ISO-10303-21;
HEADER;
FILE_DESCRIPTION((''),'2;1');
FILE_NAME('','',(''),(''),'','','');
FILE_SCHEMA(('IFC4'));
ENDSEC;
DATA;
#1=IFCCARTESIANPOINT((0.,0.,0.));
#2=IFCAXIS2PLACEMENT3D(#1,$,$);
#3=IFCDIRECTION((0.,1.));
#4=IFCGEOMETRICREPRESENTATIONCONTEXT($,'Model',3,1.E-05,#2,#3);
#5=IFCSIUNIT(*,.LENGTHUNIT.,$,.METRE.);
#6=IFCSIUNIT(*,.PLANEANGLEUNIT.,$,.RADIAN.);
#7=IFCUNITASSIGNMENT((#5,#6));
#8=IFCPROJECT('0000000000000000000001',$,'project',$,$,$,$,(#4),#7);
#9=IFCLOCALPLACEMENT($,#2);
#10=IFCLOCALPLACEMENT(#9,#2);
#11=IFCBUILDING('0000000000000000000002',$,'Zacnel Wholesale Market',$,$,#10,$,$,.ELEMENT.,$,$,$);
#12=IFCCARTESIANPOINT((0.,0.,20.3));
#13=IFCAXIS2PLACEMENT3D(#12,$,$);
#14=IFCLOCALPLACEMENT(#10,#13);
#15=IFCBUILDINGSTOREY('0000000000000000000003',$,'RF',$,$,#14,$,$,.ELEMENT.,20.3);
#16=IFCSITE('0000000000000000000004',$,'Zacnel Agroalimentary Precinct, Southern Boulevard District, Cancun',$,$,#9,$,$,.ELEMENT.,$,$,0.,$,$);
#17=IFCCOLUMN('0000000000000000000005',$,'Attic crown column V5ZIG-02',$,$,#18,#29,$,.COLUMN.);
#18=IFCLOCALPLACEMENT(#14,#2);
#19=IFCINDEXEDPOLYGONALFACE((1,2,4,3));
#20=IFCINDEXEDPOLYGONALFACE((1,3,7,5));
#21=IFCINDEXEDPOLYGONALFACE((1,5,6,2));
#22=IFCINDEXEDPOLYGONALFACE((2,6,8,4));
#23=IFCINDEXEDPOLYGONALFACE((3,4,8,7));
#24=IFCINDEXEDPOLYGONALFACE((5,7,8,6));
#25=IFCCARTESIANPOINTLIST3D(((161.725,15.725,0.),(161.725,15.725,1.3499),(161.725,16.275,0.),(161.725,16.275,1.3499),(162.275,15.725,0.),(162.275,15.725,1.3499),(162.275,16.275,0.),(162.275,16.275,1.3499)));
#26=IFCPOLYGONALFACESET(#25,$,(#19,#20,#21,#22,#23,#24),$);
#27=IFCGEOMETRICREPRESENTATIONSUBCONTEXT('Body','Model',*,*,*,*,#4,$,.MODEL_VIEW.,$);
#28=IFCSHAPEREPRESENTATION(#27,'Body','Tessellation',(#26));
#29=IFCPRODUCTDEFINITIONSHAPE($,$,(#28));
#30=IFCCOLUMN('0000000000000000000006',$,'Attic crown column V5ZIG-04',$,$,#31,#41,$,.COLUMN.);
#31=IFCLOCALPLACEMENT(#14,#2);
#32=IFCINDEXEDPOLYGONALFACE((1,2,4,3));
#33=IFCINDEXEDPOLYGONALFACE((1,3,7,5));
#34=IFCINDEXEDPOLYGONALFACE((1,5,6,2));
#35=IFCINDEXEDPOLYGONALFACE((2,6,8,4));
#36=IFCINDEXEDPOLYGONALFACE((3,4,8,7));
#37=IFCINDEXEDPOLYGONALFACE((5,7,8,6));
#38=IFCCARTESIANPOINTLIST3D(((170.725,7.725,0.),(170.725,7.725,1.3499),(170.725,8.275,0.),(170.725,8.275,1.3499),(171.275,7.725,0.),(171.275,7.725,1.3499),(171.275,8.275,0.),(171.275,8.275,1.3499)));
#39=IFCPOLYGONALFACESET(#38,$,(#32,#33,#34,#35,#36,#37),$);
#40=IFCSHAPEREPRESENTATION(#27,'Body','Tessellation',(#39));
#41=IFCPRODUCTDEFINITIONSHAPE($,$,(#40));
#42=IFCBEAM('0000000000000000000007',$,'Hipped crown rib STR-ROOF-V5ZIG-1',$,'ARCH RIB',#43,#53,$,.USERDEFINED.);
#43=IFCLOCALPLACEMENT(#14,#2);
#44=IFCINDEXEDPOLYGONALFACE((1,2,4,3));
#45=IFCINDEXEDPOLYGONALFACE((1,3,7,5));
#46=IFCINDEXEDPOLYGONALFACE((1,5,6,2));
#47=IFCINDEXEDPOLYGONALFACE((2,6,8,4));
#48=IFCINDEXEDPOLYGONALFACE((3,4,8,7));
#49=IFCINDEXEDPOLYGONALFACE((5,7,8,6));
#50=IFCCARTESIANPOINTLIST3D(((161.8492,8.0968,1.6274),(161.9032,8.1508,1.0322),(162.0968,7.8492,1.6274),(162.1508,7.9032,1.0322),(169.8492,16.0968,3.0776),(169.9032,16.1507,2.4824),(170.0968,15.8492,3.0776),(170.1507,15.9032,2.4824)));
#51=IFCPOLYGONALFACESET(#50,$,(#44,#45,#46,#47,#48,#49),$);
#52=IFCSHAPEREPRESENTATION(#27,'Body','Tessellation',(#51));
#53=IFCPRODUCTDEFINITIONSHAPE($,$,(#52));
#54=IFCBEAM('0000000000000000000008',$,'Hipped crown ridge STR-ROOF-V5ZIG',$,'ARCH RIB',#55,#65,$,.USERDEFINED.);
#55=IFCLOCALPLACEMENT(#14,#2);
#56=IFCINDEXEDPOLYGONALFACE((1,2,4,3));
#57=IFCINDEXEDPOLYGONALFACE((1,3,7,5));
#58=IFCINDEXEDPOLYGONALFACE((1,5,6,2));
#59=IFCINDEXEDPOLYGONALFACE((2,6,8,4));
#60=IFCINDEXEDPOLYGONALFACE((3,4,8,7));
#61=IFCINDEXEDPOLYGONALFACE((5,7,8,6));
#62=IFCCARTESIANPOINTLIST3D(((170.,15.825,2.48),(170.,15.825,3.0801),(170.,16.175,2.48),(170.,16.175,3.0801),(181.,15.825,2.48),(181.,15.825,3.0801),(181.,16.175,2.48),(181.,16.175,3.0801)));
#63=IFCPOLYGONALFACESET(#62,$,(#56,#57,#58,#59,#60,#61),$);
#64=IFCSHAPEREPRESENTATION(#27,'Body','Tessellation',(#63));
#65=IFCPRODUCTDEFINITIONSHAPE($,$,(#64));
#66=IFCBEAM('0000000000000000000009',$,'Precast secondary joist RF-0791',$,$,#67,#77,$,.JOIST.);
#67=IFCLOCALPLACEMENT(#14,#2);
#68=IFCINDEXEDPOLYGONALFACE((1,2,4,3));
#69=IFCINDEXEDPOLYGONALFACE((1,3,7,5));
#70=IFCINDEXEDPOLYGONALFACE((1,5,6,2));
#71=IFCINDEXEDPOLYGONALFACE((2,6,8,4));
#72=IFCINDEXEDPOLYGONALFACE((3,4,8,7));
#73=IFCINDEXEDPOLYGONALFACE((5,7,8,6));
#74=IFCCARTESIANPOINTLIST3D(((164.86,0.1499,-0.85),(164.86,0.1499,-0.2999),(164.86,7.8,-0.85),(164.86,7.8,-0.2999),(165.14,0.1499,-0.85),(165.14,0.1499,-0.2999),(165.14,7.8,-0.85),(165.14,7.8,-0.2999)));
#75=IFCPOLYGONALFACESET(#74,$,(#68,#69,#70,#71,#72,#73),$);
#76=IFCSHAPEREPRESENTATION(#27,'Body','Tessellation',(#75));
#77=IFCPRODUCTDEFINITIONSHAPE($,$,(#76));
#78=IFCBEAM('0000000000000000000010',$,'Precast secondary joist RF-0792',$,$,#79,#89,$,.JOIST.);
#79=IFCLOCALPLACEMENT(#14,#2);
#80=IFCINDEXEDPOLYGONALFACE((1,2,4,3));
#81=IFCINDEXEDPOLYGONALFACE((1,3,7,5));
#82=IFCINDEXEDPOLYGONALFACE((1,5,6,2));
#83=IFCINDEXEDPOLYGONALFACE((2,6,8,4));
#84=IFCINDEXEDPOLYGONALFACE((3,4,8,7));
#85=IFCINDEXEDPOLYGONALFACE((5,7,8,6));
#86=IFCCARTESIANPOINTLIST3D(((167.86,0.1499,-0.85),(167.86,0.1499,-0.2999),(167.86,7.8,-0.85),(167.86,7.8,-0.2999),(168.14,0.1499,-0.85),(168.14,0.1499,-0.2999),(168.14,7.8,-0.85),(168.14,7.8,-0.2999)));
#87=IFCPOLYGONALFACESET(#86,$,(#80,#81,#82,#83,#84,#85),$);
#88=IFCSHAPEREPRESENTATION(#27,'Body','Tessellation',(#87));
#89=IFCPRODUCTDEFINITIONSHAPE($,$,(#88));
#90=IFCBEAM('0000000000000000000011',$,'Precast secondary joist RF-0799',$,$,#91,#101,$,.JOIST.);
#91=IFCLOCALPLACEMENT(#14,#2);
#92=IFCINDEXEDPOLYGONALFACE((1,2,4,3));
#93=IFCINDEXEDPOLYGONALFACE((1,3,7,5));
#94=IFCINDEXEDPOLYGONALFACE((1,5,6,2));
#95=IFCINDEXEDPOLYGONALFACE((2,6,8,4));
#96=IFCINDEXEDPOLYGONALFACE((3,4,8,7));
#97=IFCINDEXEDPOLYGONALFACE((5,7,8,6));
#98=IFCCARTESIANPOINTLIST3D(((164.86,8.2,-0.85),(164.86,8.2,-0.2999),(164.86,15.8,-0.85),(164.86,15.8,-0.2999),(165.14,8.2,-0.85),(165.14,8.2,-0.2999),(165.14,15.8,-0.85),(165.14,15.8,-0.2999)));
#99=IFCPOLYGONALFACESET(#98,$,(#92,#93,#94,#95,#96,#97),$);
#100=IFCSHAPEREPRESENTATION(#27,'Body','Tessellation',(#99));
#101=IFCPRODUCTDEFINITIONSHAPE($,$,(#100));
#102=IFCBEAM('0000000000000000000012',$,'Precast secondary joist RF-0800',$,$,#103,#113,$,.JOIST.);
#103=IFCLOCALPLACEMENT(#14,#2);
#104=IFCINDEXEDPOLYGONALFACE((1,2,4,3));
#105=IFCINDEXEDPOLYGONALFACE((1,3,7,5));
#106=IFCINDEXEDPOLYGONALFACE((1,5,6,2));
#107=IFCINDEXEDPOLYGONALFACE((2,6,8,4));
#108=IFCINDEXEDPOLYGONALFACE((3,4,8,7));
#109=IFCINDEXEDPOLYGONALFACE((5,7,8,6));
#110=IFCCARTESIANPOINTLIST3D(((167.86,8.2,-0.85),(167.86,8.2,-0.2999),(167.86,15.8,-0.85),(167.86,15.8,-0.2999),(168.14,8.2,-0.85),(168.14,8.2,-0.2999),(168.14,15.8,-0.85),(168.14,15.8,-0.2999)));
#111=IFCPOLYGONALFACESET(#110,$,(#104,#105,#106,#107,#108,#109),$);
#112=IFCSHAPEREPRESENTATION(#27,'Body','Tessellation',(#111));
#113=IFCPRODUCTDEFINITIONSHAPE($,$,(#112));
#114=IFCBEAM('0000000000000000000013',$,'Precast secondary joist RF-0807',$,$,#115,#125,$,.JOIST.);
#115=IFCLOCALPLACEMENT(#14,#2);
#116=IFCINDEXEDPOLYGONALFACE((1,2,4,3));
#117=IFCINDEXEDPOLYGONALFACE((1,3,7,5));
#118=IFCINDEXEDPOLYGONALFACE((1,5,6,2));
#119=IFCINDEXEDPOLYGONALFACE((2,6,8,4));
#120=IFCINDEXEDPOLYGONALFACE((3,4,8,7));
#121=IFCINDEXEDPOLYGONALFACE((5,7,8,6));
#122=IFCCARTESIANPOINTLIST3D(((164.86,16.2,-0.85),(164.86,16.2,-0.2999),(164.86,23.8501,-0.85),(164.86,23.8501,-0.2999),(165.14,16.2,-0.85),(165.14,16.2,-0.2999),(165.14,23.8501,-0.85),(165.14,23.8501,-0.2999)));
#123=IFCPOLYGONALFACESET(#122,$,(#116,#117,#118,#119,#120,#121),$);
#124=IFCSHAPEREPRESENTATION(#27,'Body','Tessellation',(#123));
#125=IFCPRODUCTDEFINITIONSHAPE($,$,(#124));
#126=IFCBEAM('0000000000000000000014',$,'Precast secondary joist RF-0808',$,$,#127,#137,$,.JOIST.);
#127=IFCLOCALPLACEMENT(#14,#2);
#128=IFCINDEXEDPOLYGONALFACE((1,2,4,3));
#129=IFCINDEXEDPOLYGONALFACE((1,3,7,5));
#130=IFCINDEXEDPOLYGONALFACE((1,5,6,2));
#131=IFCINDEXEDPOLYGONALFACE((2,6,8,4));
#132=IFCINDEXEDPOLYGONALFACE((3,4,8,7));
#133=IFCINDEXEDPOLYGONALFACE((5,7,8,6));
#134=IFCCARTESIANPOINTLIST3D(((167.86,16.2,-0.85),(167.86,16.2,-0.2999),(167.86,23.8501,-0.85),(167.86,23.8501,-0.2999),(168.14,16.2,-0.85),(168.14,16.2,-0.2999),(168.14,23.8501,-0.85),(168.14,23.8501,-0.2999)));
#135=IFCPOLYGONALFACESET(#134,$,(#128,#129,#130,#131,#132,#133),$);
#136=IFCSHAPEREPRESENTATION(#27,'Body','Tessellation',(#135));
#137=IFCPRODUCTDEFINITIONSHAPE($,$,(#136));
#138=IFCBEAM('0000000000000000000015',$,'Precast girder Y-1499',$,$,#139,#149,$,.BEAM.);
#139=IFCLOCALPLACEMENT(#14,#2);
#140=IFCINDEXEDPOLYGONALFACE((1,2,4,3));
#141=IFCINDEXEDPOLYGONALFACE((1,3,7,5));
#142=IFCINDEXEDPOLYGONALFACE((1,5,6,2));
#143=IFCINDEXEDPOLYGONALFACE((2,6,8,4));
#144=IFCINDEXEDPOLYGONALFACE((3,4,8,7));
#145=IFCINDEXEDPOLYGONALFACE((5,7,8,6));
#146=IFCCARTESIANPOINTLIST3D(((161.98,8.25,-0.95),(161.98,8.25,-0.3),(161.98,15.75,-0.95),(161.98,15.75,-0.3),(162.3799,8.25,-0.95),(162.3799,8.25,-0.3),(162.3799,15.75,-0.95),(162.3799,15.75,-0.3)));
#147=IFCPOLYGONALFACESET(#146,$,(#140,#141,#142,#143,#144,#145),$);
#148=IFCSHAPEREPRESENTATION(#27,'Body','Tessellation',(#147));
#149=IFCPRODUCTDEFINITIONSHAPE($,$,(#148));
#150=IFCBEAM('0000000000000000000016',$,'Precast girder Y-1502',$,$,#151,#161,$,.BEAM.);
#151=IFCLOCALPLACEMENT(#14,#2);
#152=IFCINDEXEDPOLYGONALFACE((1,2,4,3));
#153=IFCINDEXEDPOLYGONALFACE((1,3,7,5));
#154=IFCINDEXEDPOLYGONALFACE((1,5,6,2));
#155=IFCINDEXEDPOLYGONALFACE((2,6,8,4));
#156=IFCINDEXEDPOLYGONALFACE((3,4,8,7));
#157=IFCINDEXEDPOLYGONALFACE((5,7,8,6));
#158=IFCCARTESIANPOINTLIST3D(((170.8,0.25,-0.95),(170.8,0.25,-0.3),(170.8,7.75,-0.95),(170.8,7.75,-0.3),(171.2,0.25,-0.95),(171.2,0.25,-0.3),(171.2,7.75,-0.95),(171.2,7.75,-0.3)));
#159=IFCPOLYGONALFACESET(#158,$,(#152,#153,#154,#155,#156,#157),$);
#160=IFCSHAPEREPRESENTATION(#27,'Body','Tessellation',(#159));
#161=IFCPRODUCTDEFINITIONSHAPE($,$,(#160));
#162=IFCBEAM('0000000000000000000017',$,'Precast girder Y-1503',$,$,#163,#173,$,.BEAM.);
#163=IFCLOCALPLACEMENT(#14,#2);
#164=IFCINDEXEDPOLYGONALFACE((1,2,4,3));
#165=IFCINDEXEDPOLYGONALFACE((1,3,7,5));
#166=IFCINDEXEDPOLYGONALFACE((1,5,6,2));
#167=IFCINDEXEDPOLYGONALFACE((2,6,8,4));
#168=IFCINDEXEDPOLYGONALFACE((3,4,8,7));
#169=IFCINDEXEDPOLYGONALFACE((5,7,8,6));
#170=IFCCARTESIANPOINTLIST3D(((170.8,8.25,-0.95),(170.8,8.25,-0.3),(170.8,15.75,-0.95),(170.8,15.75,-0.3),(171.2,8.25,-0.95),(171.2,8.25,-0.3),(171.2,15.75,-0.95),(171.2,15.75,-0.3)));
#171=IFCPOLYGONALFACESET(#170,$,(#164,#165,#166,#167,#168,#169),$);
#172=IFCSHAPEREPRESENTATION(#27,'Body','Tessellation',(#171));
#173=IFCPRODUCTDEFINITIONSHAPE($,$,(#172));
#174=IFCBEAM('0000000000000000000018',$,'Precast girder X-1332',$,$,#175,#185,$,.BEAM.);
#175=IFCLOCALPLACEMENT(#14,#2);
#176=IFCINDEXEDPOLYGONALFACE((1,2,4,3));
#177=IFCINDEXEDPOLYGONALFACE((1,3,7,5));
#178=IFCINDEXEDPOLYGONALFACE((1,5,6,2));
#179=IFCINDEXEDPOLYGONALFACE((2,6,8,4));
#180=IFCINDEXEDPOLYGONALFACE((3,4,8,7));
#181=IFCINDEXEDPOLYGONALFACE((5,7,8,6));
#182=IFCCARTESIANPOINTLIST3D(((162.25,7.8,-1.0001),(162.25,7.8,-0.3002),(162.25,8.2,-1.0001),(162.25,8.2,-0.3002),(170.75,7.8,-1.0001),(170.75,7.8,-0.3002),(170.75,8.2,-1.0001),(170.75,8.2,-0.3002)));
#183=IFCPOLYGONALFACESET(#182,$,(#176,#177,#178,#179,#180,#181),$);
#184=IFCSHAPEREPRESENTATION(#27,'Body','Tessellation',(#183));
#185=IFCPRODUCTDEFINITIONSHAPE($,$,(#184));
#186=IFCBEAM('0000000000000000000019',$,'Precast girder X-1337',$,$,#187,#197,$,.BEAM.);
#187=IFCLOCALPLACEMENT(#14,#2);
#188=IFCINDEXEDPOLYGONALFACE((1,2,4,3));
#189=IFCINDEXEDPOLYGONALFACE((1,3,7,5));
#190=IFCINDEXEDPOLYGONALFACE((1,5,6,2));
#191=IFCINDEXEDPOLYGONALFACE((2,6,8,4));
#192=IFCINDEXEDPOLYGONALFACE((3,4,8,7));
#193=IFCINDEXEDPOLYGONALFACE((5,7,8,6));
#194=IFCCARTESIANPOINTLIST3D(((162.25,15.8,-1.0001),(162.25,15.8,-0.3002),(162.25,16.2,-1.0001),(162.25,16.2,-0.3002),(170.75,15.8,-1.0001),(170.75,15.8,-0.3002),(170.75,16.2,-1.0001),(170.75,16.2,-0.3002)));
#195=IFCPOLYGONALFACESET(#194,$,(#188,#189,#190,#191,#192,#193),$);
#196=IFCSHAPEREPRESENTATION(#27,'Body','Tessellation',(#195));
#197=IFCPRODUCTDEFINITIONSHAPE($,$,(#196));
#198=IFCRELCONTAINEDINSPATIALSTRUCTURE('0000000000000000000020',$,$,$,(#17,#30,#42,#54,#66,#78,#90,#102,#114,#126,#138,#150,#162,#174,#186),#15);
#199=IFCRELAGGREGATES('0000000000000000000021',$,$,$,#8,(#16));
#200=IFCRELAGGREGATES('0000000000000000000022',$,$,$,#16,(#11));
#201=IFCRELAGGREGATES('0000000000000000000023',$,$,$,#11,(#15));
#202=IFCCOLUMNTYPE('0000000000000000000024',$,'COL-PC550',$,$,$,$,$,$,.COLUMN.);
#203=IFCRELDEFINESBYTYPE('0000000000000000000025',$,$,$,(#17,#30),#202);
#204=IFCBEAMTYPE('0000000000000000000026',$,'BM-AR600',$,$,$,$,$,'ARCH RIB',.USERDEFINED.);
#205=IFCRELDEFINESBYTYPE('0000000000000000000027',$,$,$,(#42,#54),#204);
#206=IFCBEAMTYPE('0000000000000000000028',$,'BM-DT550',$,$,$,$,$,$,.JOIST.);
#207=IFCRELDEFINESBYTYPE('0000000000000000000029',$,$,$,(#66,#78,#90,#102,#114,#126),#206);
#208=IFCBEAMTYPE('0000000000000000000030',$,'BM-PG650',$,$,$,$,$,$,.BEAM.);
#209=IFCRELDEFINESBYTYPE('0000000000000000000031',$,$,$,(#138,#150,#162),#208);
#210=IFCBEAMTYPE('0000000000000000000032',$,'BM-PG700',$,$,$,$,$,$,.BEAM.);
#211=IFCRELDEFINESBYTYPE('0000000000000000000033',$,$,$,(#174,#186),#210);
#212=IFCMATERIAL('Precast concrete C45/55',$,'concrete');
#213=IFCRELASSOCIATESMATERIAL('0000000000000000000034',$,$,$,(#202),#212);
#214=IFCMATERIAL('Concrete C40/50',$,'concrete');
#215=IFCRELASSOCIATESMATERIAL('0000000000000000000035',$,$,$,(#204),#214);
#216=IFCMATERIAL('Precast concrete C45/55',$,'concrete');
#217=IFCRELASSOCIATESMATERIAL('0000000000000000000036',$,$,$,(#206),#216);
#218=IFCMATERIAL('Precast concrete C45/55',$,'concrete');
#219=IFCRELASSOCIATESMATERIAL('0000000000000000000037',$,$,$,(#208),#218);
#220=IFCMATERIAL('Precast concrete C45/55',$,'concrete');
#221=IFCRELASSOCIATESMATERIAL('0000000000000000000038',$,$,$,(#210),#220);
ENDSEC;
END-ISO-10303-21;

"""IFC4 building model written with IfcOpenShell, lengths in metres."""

from ifc_helpers import new_model, si_unit, direction, frame, origin, origin_2d, place, context, subcontext, project, spatial, rectangle, extrude, material, material_profile, profile_set, type_object, element, save


model = new_model("IFC4")

# Units and contexts
model_context = context("Model", 3, precision=1e-05, world=origin(), true_north=direction((0.0, 1.0)))
body_context = subcontext(model_context, "Body", "Model", "MODEL_VIEW")
ifc_project = project(units=[si_unit("LENGTHUNIT", "METRE"), si_unit("PLANEANGLEUNIT", "RADIAN")], contexts=[model_context])

# Site, building, storey
site_placement = place(None, origin())
site = spatial("IfcSite", under=ifc_project, at=site_placement, Name="Zacnel Agroalimentary Precinct, Southern Boulevard District, Cancun", CompositionType="ELEMENT", RefElevation=0.0)
building_placement = place(site_placement, origin())
building = spatial("IfcBuilding", under=site, at=building_placement, Name="Zacnel Wholesale Market", CompositionType="ELEMENT")
storey_placement = place(building_placement, frame((0.0, 0.0, 20.3)))
storey = spatial("IfcBuildingStorey", under=building, at=storey_placement, Name="RF", CompositionType="ELEMENT", Elevation=20.3)

# Columns
ifc_material_1 = material(Name="Precast concrete C45/55", Category="concrete")
ifc_material_profile_1 = material_profile(ifc_material_1, rectangle(XDim=0.55, YDim=0.55, at=origin_2d()), Name="PC 550x550")
ifc_profile_set_1 = profile_set([ifc_material_profile_1], Name="Precast concrete C45/55")
column_type = type_object("IfcColumnType", Name="COL-PC550", PredefinedType="COLUMN", material=ifc_profile_set_1)
for number, where, z_axis, x_axis, name in (
    (1, (162.0, 16.0, 0.0), (0.0, 0.0, 1.0), (1.0, 0.0, 0.0), "Attic crown column V5ZIG-02"),
    (2, (171.0, 8.0, 0.0), (0.0, 0.0, 1.0), (1.0, 0.0, 0.0), "Attic crown column V5ZIG-04"),
):
    element("IfcColumn", number, at=place(storey_placement, frame(where, z_axis=z_axis, x_axis=x_axis)), inside=storey, type_object=column_type, Name=name, PredefinedType="COLUMN", context=body_context, shape_type="SweptSolid", body=[
        extrude(rectangle(XDim=0.55, YDim=0.55, at=origin_2d()), origin(), (0.0, 0.0, 1.0), 1.3499),
    ])

# Beams
ifc_material_2 = material(Name="Concrete C40/50", Category="concrete")
ifc_material_profile_2 = material_profile(ifc_material_2, rectangle(XDim=0.3501, YDim=0.6001, at=origin_2d()), Name="ARCH RIB 350x600")
ifc_profile_set_2 = profile_set([ifc_material_profile_2], Name="Concrete C40/50")
beam_type_1 = type_object("IfcBeamType", Name="BM-AR600", ElementType="ARCH RIB", PredefinedType="USERDEFINED", material=ifc_profile_set_2)
beam_1_placement = place(storey_placement, frame((162.0, 8.0, 1.3298), z_axis=(0.701368, 0.701368, 0.12714), x_axis=(-0.707107, 0.707107, 0.0)))
element("IfcBeam", 3, at=beam_1_placement, inside=storey, type_object=beam_type_1, Name="Hipped crown rib STR-ROOF-V5ZIG-1", ObjectType="ARCH RIB", PredefinedType="USERDEFINED", context=body_context, shape_type="SweptSolid", body=[
    extrude(rectangle(XDim=0.3501, YDim=0.6001, at=origin_2d()), origin(), (0.0, 0.0, 1.0), 11.4062),
])
beam_2_placement = place(storey_placement, frame((170.0, 16.0, 2.78), z_axis=(1.0, 0.0, 0.0), x_axis=(0.0, 1.0, 0.0)))
element("IfcBeam", 4, at=beam_2_placement, inside=storey, type_object=beam_type_1, Name="Hipped crown ridge STR-ROOF-V5ZIG", ObjectType="ARCH RIB", PredefinedType="USERDEFINED", context=body_context, shape_type="SweptSolid", body=[
    extrude(rectangle(XDim=0.3501, YDim=0.6001, at=origin_2d()), origin(), (0.0, 0.0, 1.0), 11.0),
])
ifc_material_3 = material(Name="Precast concrete C45/55", Category="concrete")
ifc_material_profile_3 = material_profile(ifc_material_3, rectangle(XDim=0.28, YDim=0.55, at=origin_2d()), Name="DT RIB 280x550")
ifc_profile_set_3 = profile_set([ifc_material_profile_3], Name="Precast concrete C45/55")
beam_type_2 = type_object("IfcBeamType", Name="BM-DT550", PredefinedType="JOIST", material=ifc_profile_set_3)
for number, where, z_axis, x_axis, name in (
    (5, (165.0, 0.1499, -0.575), (0.0, 1.0, 0.0), (-1.0, 0.0, 0.0), "Precast secondary joist RF-0791"),
    (6, (168.0, 0.1499, -0.575), (0.0, 1.0, 0.0), (-1.0, 0.0, 0.0), "Precast secondary joist RF-0792"),
):
    element("IfcBeam", number, at=place(storey_placement, frame(where, z_axis=z_axis, x_axis=x_axis)), inside=storey, type_object=beam_type_2, Name=name, PredefinedType="JOIST", context=body_context, shape_type="SweptSolid", body=[
        extrude(rectangle(XDim=0.28, YDim=0.55, at=origin_2d()), origin(), (0.0, 0.0, 1.0), 7.6501),
    ])
for number, where, z_axis, x_axis, name in (
    (7, (165.0, 8.2, -0.575), (0.0, 1.0, 0.0), (-1.0, 0.0, 0.0), "Precast secondary joist RF-0799"),
    (8, (168.0, 8.2, -0.575), (0.0, 1.0, 0.0), (-1.0, 0.0, 0.0), "Precast secondary joist RF-0800"),
):
    element("IfcBeam", number, at=place(storey_placement, frame(where, z_axis=z_axis, x_axis=x_axis)), inside=storey, type_object=beam_type_2, Name=name, PredefinedType="JOIST", context=body_context, shape_type="SweptSolid", body=[
        extrude(rectangle(XDim=0.28, YDim=0.55, at=origin_2d()), origin(), (0.0, 0.0, 1.0), 7.6001),
    ])
for number, where, z_axis, x_axis, name in (
    (9, (165.0, 16.2, -0.575), (0.0, 1.0, 0.0), (-1.0, 0.0, 0.0), "Precast secondary joist RF-0807"),
    (10, (168.0, 16.2, -0.575), (0.0, 1.0, 0.0), (-1.0, 0.0, 0.0), "Precast secondary joist RF-0808"),
):
    element("IfcBeam", number, at=place(storey_placement, frame(where, z_axis=z_axis, x_axis=x_axis)), inside=storey, type_object=beam_type_2, Name=name, PredefinedType="JOIST", context=body_context, shape_type="SweptSolid", body=[
        extrude(rectangle(XDim=0.28, YDim=0.55, at=origin_2d()), origin(), (0.0, 0.0, 1.0), 7.6501),
    ])
ifc_material_4 = material(Name="Precast concrete C45/55", Category="concrete")
ifc_material_profile_4 = material_profile(ifc_material_4, rectangle(XDim=0.3999, YDim=0.6499, at=origin_2d()), Name="PG 400x650")
ifc_profile_set_4 = profile_set([ifc_material_profile_4], Name="Precast concrete C45/55")
beam_type_3 = type_object("IfcBeamType", Name="BM-PG650", PredefinedType="BEAM", material=ifc_profile_set_4)
for number, where, z_axis, x_axis, name in (
    (11, (162.1799, 8.25, -0.625), (0.0, 1.0, 0.0), (-1.0, 0.0, 0.0), "Precast girder Y-1499"),
    (12, (171.0, 0.25, -0.625), (0.0, 1.0, 0.0), (-1.0, 0.0, 0.0), "Precast girder Y-1502"),
    (13, (171.0, 8.25, -0.625), (0.0, 1.0, 0.0), (-1.0, 0.0, 0.0), "Precast girder Y-1503"),
):
    element("IfcBeam", number, at=place(storey_placement, frame(where, z_axis=z_axis, x_axis=x_axis)), inside=storey, type_object=beam_type_3, Name=name, PredefinedType="BEAM", context=body_context, shape_type="SweptSolid", body=[
        extrude(rectangle(XDim=0.3999, YDim=0.6499, at=origin_2d()), origin(), (0.0, 0.0, 1.0), 7.5),
    ])
ifc_material_5 = material(Name="Precast concrete C45/55", Category="concrete")
ifc_material_profile_5 = material_profile(ifc_material_5, rectangle(XDim=0.3999, YDim=0.7, at=origin_2d()), Name="PG 400x700")
ifc_profile_set_5 = profile_set([ifc_material_profile_5], Name="Precast concrete C45/55")
beam_type_4 = type_object("IfcBeamType", Name="BM-PG700", PredefinedType="BEAM", material=ifc_profile_set_5)
for number, where, z_axis, x_axis, name in (
    (14, (162.25, 8.0, -0.6501), (1.0, 0.0, 0.0), (0.0, 1.0, 0.0), "Precast girder X-1332"),
    (15, (162.25, 16.0, -0.6501), (1.0, 0.0, 0.0), (0.0, 1.0, 0.0), "Precast girder X-1337"),
):
    element("IfcBeam", number, at=place(storey_placement, frame(where, z_axis=z_axis, x_axis=x_axis)), inside=storey, type_object=beam_type_4, Name=name, PredefinedType="BEAM", context=body_context, shape_type="SweptSolid", body=[
        extrude(rectangle(XDim=0.3999, YDim=0.7, at=origin_2d()), origin(), (0.0, 0.0, 1.0), 8.5),
    ])

save(model, "model.ifc")
